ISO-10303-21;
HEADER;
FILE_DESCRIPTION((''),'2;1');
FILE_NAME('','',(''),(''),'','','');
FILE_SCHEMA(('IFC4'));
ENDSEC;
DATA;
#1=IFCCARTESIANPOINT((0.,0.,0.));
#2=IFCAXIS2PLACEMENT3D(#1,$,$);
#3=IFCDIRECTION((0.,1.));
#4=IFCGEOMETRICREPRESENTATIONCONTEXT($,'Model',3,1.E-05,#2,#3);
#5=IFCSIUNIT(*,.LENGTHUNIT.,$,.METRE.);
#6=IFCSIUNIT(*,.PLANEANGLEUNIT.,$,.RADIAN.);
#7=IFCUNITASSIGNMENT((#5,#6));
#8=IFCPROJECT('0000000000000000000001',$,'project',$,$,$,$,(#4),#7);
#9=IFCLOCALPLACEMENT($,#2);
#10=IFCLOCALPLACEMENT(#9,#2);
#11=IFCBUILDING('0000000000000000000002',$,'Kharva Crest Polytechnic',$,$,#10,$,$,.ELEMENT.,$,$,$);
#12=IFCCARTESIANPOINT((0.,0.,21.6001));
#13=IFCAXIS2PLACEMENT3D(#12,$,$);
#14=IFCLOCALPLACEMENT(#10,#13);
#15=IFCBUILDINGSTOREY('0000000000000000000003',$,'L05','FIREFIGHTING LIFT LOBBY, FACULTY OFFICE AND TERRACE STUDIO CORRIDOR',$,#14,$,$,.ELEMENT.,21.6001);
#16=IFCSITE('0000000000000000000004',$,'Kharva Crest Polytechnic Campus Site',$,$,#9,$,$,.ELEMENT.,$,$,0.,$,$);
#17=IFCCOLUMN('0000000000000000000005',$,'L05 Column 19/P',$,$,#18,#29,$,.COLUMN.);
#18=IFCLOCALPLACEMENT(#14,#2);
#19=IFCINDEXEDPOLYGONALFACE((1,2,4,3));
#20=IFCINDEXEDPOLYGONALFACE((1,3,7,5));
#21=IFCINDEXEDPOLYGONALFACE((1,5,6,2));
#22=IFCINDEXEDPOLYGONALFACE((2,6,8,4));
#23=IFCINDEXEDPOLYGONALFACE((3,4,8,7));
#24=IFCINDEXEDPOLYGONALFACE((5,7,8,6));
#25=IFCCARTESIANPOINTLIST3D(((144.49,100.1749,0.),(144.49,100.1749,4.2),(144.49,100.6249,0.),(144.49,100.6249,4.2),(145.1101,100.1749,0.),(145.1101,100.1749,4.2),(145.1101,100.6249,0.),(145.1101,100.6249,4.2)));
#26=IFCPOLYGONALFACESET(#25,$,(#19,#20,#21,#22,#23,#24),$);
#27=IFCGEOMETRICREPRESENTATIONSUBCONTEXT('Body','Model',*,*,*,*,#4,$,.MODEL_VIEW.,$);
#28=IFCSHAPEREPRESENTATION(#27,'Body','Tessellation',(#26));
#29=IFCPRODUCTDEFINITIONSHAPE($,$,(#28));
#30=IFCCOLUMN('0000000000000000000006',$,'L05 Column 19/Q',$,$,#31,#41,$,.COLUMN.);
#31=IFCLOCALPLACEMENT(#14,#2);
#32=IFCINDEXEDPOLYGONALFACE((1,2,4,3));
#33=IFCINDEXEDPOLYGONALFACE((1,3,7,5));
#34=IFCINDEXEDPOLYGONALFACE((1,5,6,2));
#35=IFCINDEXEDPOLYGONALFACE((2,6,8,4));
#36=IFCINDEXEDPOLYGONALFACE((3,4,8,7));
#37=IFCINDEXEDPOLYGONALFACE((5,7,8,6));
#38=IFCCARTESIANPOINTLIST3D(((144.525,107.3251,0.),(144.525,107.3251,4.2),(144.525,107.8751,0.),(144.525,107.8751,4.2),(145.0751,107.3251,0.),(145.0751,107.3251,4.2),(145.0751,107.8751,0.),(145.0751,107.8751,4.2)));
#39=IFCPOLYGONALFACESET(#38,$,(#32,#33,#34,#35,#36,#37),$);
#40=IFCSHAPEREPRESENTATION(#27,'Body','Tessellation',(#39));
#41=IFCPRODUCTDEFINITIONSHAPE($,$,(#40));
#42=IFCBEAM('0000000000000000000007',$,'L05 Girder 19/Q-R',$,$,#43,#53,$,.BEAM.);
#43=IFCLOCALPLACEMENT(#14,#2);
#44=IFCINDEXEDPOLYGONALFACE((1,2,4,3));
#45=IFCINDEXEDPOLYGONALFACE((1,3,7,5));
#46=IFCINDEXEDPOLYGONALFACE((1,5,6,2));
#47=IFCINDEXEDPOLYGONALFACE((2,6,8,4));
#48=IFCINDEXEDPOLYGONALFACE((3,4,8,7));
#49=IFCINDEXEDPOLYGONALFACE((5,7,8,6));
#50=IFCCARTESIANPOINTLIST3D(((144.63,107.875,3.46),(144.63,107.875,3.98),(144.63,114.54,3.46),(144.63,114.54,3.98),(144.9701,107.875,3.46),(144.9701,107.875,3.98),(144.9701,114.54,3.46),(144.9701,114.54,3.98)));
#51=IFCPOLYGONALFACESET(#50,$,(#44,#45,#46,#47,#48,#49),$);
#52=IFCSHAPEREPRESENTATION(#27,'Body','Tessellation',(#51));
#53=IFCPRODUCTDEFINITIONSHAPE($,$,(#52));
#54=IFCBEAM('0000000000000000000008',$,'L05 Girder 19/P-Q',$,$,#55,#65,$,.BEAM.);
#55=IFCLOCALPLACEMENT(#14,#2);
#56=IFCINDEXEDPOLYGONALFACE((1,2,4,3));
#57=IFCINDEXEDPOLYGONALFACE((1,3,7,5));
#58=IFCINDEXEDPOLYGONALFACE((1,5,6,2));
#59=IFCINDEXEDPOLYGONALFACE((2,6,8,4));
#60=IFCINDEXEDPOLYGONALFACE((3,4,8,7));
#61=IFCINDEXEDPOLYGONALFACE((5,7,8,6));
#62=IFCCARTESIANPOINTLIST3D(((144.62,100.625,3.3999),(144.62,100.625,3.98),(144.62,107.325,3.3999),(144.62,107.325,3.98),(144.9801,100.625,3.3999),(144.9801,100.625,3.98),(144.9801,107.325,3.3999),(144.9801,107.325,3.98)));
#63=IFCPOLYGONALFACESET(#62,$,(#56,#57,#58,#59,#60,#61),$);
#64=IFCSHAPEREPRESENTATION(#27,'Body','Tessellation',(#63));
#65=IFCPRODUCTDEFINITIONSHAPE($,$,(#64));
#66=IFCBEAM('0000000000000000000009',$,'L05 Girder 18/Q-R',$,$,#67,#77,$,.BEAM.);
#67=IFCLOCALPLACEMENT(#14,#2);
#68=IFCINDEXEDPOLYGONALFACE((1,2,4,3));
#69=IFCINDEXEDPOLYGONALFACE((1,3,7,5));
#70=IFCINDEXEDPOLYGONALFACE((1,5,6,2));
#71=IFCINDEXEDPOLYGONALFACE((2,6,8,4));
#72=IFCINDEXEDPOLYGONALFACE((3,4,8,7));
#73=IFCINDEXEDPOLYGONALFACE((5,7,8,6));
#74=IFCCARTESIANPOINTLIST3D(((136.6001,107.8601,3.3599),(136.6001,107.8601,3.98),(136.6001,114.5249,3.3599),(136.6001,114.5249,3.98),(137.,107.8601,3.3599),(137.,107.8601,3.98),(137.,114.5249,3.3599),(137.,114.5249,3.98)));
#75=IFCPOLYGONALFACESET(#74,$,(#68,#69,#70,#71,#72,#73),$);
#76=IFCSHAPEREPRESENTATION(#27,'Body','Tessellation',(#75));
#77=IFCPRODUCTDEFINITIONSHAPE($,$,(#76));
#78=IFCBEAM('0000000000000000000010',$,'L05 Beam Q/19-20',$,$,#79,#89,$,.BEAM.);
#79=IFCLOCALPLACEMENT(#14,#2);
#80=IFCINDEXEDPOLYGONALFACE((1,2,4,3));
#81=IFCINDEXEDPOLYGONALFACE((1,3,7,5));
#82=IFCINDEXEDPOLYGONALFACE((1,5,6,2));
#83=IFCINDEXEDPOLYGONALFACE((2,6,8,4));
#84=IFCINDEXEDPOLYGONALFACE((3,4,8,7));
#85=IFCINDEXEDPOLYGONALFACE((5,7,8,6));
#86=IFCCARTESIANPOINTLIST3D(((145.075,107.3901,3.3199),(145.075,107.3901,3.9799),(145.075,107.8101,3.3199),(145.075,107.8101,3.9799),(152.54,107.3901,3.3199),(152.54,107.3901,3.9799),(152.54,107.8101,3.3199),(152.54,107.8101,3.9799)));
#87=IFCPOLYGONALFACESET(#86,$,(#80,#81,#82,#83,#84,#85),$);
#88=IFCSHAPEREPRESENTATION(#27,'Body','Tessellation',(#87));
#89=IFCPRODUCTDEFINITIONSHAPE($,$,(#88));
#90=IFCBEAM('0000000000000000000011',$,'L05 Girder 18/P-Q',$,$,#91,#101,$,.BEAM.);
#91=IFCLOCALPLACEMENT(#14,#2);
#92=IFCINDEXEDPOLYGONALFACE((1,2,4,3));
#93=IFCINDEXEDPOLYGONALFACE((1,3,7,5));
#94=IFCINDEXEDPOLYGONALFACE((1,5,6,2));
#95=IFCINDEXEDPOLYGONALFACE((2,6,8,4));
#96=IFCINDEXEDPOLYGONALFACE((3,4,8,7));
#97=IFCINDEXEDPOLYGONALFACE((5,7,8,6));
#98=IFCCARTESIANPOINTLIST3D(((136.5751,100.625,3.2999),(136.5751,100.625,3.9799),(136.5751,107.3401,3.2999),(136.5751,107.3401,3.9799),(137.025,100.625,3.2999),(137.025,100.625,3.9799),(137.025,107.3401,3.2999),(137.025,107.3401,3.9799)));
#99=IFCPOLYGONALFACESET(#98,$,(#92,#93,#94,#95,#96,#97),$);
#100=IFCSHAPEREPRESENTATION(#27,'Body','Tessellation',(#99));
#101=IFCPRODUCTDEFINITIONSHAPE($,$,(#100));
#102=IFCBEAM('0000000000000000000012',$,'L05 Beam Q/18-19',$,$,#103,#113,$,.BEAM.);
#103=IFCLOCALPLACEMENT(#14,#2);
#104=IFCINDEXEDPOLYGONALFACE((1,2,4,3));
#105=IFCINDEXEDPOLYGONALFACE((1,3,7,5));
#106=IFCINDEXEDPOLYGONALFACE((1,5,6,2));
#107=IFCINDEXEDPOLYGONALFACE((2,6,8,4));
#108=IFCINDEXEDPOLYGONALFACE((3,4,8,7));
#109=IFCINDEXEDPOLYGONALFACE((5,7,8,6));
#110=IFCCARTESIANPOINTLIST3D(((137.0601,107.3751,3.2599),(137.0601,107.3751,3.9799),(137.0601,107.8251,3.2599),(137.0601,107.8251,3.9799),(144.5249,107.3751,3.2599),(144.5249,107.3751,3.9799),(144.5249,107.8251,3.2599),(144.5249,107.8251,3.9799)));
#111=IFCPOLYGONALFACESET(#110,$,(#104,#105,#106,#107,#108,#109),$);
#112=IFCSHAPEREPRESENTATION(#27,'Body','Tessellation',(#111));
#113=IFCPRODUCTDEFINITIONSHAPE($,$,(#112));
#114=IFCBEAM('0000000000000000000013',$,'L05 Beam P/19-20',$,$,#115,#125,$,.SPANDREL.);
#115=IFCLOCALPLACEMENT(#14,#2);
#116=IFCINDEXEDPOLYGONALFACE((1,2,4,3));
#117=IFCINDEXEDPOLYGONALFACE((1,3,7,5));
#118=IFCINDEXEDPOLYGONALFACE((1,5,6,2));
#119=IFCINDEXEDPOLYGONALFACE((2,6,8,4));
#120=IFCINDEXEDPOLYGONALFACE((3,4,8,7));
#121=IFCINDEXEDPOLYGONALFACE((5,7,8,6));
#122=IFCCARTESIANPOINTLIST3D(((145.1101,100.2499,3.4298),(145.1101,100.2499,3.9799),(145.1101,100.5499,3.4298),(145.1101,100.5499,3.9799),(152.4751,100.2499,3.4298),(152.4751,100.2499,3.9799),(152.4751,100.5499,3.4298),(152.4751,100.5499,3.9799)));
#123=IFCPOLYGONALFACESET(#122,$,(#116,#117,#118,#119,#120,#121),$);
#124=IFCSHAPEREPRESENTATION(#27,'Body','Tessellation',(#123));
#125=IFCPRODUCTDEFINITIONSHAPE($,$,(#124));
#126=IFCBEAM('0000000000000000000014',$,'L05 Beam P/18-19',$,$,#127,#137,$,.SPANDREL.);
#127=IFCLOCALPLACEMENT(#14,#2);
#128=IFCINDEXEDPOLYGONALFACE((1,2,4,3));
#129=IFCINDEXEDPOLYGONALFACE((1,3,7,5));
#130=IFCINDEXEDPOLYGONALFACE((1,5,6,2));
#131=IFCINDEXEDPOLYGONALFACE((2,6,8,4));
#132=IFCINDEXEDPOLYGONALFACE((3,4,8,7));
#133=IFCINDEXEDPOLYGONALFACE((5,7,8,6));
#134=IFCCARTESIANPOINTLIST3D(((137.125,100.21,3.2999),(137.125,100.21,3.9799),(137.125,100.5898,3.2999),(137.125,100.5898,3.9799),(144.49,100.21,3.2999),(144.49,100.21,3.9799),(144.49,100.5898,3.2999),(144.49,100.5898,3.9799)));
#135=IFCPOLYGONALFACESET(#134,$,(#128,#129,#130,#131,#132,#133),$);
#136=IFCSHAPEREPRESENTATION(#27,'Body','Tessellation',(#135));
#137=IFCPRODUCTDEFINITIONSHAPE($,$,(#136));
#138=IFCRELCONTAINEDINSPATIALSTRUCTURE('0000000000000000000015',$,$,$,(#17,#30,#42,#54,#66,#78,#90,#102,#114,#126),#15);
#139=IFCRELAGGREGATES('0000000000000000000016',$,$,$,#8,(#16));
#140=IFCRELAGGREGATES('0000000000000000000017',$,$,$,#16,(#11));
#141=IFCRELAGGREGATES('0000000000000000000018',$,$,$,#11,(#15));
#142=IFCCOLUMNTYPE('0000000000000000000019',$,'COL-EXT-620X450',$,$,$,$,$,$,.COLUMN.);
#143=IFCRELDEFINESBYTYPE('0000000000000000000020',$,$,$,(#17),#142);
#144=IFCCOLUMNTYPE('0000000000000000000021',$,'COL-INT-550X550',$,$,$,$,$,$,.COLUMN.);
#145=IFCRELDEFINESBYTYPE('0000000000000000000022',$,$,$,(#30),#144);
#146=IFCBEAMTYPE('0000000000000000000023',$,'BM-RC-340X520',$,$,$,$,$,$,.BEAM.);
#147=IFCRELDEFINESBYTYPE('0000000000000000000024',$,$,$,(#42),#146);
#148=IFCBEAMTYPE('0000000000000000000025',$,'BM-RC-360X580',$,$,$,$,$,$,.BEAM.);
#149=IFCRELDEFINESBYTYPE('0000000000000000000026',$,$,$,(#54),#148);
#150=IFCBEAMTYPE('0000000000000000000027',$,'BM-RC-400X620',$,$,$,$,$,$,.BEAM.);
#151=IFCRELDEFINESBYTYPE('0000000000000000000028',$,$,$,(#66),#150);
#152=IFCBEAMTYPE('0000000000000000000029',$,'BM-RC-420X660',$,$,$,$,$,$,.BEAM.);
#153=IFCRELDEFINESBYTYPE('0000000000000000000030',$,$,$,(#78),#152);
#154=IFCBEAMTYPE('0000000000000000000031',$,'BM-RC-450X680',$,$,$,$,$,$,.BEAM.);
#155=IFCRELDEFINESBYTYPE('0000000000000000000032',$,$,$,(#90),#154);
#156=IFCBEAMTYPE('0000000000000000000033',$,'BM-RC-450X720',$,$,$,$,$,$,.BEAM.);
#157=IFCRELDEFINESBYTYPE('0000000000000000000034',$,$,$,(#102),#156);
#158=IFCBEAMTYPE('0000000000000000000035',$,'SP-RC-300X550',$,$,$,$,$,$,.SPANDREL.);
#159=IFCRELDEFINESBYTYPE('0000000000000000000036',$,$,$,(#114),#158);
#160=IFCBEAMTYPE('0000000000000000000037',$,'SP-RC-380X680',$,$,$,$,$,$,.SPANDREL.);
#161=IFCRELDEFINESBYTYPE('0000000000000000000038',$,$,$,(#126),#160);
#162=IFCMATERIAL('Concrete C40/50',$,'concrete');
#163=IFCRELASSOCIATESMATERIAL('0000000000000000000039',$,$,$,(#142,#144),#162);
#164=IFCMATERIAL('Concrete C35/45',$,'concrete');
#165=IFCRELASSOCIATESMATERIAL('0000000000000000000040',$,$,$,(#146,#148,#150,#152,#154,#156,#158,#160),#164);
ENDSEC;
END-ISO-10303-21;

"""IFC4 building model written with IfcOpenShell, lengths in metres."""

from ifc_helpers import new_model, si_unit, direction, frame, origin, origin_2d, place, context, subcontext, project, spatial, rectangle, extrude, material, material_profile, profile_set, type_object, element, save


model = new_model("IFC4")

# Units and contexts
model_context = context("Model", 3, precision=1e-05, world=origin(), true_north=direction((0.0, 1.0)))
body_context = subcontext(model_context, "Body", "Model", "MODEL_VIEW")
ifc_project = project(units=[si_unit("LENGTHUNIT", "METRE"), si_unit("PLANEANGLEUNIT", "RADIAN")], contexts=[model_context])

# Site, building, storey
site_placement = place(None, origin())
site = spatial("IfcSite", under=ifc_project, at=site_placement, Name="Kharva Crest Polytechnic Campus Site", CompositionType="ELEMENT", RefElevation=0.0)
building_placement = place(site_placement, origin())
building = spatial("IfcBuilding", under=site, at=building_placement, Name="Kharva Crest Polytechnic", CompositionType="ELEMENT")
storey_placement = place(building_placement, frame((0.0, 0.0, 21.6001)))
storey = spatial("IfcBuildingStorey", under=building, at=storey_placement, Name="L05", Description="FIREFIGHTING LIFT LOBBY, FACULTY OFFICE AND TERRACE STUDIO CORRIDOR", CompositionType="ELEMENT", Elevation=21.6001)

# Columns
ifc_material_1 = material(Name="Concrete C40/50", Category="concrete")
ifc_material_profile_1 = material_profile(ifc_material_1, rectangle(XDim=0.6201, YDim=0.45, at=origin_2d()), Name="RECT 620 X 450")
ifc_profile_set_1 = profile_set([ifc_material_profile_1], Name="Concrete C40/50")
column_type_1 = type_object("IfcColumnType", Name="COL-EXT-620X450", PredefinedType="COLUMN", material=ifc_profile_set_1)
column_1_placement = place(storey_placement, frame((144.8, 100.3999, 0.0), z_axis=(0.0, 0.0, 1.0), x_axis=(1.0, 0.0, 0.0)))
element("IfcColumn", 1, at=column_1_placement, inside=storey, type_object=column_type_1, Name="L05 Column 19/P", PredefinedType="COLUMN", context=body_context, shape_type="SweptSolid", body=[
    extrude(rectangle(XDim=0.6201, YDim=0.45, at=origin_2d()), origin(), (0.0, 0.0, 1.0), 4.2),
])
ifc_material_profile_2 = material_profile(ifc_material_1, rectangle(XDim=0.55, YDim=0.55, at=origin_2d()), Name="RECT 550 X 550")
ifc_profile_set_2 = profile_set([ifc_material_profile_2], Name="Concrete C40/50")
column_type_2 = type_object("IfcColumnType", Name="COL-INT-550X550", PredefinedType="COLUMN", material=ifc_profile_set_2)
column_2_placement = place(storey_placement, frame((144.8, 107.6001, 0.0), z_axis=(0.0, 0.0, 1.0), x_axis=(1.0, 0.0, 0.0)))
element("IfcColumn", 2, at=column_2_placement, inside=storey, type_object=column_type_2, Name="L05 Column 19/Q", PredefinedType="COLUMN", context=body_context, shape_type="SweptSolid", body=[
    extrude(rectangle(XDim=0.55, YDim=0.55, at=origin_2d()), origin(), (0.0, 0.0, 1.0), 4.2),
])

# Beams
ifc_material_2 = material(Name="Concrete C35/45", Category="concrete")
ifc_material_profile_3 = material_profile(ifc_material_2, rectangle(XDim=0.3401, YDim=0.52, at=origin_2d()), Name="RECT 340 X 520")
ifc_profile_set_3 = profile_set([ifc_material_profile_3], Name="Concrete C35/45")
beam_type_1 = type_object("IfcBeamType", Name="BM-RC-340X520", PredefinedType="BEAM", material=ifc_profile_set_3)
beam_1_placement = place(storey_placement, frame((144.8, 107.875, 3.72), z_axis=(0.0, 1.0, 0.0), x_axis=(-1.0, 0.0, 0.0)))
element("IfcBeam", 3, at=beam_1_placement, inside=storey, type_object=beam_type_1, Name="L05 Girder 19/Q-R", PredefinedType="BEAM", context=body_context, shape_type="SweptSolid", body=[
    extrude(rectangle(XDim=0.3401, YDim=0.52, at=origin_2d()), origin(), (0.0, 0.0, 1.0), 6.665),
])
ifc_material_profile_4 = material_profile(ifc_material_2, rectangle(XDim=0.3601, YDim=0.5801, at=origin_2d()), Name="RECT 360 X 580")
ifc_profile_set_4 = profile_set([ifc_material_profile_4], Name="Concrete C35/45")
beam_type_2 = type_object("IfcBeamType", Name="BM-RC-360X580", PredefinedType="BEAM", material=ifc_profile_set_4)
beam_2_placement = place(storey_placement, frame((144.8, 100.625, 3.6899), z_axis=(0.0, 1.0, 0.0), x_axis=(-1.0, 0.0, 0.0)))
element("IfcBeam", 4, at=beam_2_placement, inside=storey, type_object=beam_type_2, Name="L05 Girder 19/P-Q", PredefinedType="BEAM", context=body_context, shape_type="SweptSolid", body=[
    extrude(rectangle(XDim=0.3601, YDim=0.5801, at=origin_2d()), origin(), (0.0, 0.0, 1.0), 6.7),
])
ifc_material_profile_5 = material_profile(ifc_material_2, rectangle(XDim=0.3999, YDim=0.6201, at=origin_2d()), Name="RECT 400 X 620")
ifc_profile_set_5 = profile_set([ifc_material_profile_5], Name="Concrete C35/45")
beam_type_3 = type_object("IfcBeamType", Name="BM-RC-400X620", PredefinedType="BEAM", material=ifc_profile_set_5)
beam_3_placement = place(storey_placement, frame((136.8, 107.8601, 3.6699), z_axis=(0.0, 1.0, 0.0), x_axis=(-1.0, 0.0, 0.0)))
element("IfcBeam", 5, at=beam_3_placement, inside=storey, type_object=beam_type_3, Name="L05 Girder 18/Q-R", PredefinedType="BEAM", context=body_context, shape_type="SweptSolid", body=[
    extrude(rectangle(XDim=0.3999, YDim=0.6201, at=origin_2d()), origin(), (0.0, 0.0, 1.0), 6.6648),
])
ifc_material_profile_6 = material_profile(ifc_material_2, rectangle(XDim=0.4199, YDim=0.6599, at=origin_2d()), Name="RECT 420 X 660")
ifc_profile_set_6 = profile_set([ifc_material_profile_6], Name="Concrete C35/45")
beam_type_4 = type_object("IfcBeamType", Name="BM-RC-420X660", PredefinedType="BEAM", material=ifc_profile_set_6)
beam_4_placement = place(storey_placement, frame((145.075, 107.6001, 3.6499), z_axis=(1.0, 0.0, 0.0), x_axis=(0.0, 1.0, 0.0)))
element("IfcBeam", 6, at=beam_4_placement, inside=storey, type_object=beam_type_4, Name="L05 Beam Q/19-20", PredefinedType="BEAM", context=body_context, shape_type="SweptSolid", body=[
    extrude(rectangle(XDim=0.4199, YDim=0.6599, at=origin_2d()), origin(), (0.0, 0.0, 1.0), 7.4651),
])
ifc_material_profile_7 = material_profile(ifc_material_2, rectangle(XDim=0.45, YDim=0.6799, at=origin_2d()), Name="RECT 450 X 680")
ifc_profile_set_7 = profile_set([ifc_material_profile_7], Name="Concrete C35/45")
beam_type_5 = type_object("IfcBeamType", Name="BM-RC-450X680", PredefinedType="BEAM", material=ifc_profile_set_7)
beam_5_placement = place(storey_placement, frame((136.8, 100.625, 3.6399), z_axis=(0.0, 1.0, 0.0), x_axis=(-1.0, 0.0, 0.0)))
element("IfcBeam", 7, at=beam_5_placement, inside=storey, type_object=beam_type_5, Name="L05 Girder 18/P-Q", PredefinedType="BEAM", context=body_context, shape_type="SweptSolid", body=[
    extrude(rectangle(XDim=0.45, YDim=0.6799, at=origin_2d()), origin(), (0.0, 0.0, 1.0), 6.7151),
])
ifc_material_profile_8 = material_profile(ifc_material_2, rectangle(XDim=0.45, YDim=0.72, at=origin_2d()), Name="RECT 450 X 720")
ifc_profile_set_8 = profile_set([ifc_material_profile_8], Name="Concrete C35/45")
beam_type_6 = type_object("IfcBeamType", Name="BM-RC-450X720", PredefinedType="BEAM", material=ifc_profile_set_8)
beam_6_placement = place(storey_placement, frame((137.0601, 107.6001, 3.6199), z_axis=(1.0, 0.0, 0.0), x_axis=(0.0, 1.0, 0.0)))
element("IfcBeam", 8, at=beam_6_placement, inside=storey, type_object=beam_type_6, Name="L05 Beam Q/18-19", PredefinedType="BEAM", context=body_context, shape_type="SweptSolid", body=[
    extrude(rectangle(XDim=0.45, YDim=0.72, at=origin_2d()), origin(), (0.0, 0.0, 1.0), 7.4648),
])
ifc_material_profile_9 = material_profile(ifc_material_2, rectangle(XDim=0.3, YDim=0.55, at=origin_2d()), Name="RECT 300 X 550")
ifc_profile_set_9 = profile_set([ifc_material_profile_9], Name="Concrete C35/45")
beam_type_7 = type_object("IfcBeamType", Name="SP-RC-300X550", PredefinedType="SPANDREL", material=ifc_profile_set_9)
beam_7_placement = place(storey_placement, frame((145.1101, 100.3999, 3.7048), z_axis=(1.0, 0.0, 0.0), x_axis=(0.0, 1.0, 0.0)))
element("IfcBeam", 9, at=beam_7_placement, inside=storey, type_object=beam_type_7, Name="L05 Beam P/19-20", PredefinedType="SPANDREL", context=body_context, shape_type="SweptSolid", body=[
    extrude(rectangle(XDim=0.3, YDim=0.55, at=origin_2d()), origin(), (0.0, 0.0, 1.0), 7.365),
])
ifc_material_profile_10 = material_profile(ifc_material_2, rectangle(XDim=0.3799, YDim=0.6799, at=origin_2d()), Name="RECT 380 X 680")
ifc_profile_set_10 = profile_set([ifc_material_profile_10], Name="Concrete C35/45")
beam_type_8 = type_object("IfcBeamType", Name="SP-RC-380X680", PredefinedType="SPANDREL", material=ifc_profile_set_10)
beam_8_placement = place(storey_placement, frame((137.125, 100.3999, 3.6399), z_axis=(1.0, 0.0, 0.0), x_axis=(0.0, 1.0, 0.0)))
element("IfcBeam", 10, at=beam_8_placement, inside=storey, type_object=beam_type_8, Name="L05 Beam P/18-19", PredefinedType="SPANDREL", context=body_context, shape_type="SweptSolid", body=[
    extrude(rectangle(XDim=0.3799, YDim=0.6799, at=origin_2d()), origin(), (0.0, 0.0, 1.0), 7.365),
])

save(model, "model.ifc")
